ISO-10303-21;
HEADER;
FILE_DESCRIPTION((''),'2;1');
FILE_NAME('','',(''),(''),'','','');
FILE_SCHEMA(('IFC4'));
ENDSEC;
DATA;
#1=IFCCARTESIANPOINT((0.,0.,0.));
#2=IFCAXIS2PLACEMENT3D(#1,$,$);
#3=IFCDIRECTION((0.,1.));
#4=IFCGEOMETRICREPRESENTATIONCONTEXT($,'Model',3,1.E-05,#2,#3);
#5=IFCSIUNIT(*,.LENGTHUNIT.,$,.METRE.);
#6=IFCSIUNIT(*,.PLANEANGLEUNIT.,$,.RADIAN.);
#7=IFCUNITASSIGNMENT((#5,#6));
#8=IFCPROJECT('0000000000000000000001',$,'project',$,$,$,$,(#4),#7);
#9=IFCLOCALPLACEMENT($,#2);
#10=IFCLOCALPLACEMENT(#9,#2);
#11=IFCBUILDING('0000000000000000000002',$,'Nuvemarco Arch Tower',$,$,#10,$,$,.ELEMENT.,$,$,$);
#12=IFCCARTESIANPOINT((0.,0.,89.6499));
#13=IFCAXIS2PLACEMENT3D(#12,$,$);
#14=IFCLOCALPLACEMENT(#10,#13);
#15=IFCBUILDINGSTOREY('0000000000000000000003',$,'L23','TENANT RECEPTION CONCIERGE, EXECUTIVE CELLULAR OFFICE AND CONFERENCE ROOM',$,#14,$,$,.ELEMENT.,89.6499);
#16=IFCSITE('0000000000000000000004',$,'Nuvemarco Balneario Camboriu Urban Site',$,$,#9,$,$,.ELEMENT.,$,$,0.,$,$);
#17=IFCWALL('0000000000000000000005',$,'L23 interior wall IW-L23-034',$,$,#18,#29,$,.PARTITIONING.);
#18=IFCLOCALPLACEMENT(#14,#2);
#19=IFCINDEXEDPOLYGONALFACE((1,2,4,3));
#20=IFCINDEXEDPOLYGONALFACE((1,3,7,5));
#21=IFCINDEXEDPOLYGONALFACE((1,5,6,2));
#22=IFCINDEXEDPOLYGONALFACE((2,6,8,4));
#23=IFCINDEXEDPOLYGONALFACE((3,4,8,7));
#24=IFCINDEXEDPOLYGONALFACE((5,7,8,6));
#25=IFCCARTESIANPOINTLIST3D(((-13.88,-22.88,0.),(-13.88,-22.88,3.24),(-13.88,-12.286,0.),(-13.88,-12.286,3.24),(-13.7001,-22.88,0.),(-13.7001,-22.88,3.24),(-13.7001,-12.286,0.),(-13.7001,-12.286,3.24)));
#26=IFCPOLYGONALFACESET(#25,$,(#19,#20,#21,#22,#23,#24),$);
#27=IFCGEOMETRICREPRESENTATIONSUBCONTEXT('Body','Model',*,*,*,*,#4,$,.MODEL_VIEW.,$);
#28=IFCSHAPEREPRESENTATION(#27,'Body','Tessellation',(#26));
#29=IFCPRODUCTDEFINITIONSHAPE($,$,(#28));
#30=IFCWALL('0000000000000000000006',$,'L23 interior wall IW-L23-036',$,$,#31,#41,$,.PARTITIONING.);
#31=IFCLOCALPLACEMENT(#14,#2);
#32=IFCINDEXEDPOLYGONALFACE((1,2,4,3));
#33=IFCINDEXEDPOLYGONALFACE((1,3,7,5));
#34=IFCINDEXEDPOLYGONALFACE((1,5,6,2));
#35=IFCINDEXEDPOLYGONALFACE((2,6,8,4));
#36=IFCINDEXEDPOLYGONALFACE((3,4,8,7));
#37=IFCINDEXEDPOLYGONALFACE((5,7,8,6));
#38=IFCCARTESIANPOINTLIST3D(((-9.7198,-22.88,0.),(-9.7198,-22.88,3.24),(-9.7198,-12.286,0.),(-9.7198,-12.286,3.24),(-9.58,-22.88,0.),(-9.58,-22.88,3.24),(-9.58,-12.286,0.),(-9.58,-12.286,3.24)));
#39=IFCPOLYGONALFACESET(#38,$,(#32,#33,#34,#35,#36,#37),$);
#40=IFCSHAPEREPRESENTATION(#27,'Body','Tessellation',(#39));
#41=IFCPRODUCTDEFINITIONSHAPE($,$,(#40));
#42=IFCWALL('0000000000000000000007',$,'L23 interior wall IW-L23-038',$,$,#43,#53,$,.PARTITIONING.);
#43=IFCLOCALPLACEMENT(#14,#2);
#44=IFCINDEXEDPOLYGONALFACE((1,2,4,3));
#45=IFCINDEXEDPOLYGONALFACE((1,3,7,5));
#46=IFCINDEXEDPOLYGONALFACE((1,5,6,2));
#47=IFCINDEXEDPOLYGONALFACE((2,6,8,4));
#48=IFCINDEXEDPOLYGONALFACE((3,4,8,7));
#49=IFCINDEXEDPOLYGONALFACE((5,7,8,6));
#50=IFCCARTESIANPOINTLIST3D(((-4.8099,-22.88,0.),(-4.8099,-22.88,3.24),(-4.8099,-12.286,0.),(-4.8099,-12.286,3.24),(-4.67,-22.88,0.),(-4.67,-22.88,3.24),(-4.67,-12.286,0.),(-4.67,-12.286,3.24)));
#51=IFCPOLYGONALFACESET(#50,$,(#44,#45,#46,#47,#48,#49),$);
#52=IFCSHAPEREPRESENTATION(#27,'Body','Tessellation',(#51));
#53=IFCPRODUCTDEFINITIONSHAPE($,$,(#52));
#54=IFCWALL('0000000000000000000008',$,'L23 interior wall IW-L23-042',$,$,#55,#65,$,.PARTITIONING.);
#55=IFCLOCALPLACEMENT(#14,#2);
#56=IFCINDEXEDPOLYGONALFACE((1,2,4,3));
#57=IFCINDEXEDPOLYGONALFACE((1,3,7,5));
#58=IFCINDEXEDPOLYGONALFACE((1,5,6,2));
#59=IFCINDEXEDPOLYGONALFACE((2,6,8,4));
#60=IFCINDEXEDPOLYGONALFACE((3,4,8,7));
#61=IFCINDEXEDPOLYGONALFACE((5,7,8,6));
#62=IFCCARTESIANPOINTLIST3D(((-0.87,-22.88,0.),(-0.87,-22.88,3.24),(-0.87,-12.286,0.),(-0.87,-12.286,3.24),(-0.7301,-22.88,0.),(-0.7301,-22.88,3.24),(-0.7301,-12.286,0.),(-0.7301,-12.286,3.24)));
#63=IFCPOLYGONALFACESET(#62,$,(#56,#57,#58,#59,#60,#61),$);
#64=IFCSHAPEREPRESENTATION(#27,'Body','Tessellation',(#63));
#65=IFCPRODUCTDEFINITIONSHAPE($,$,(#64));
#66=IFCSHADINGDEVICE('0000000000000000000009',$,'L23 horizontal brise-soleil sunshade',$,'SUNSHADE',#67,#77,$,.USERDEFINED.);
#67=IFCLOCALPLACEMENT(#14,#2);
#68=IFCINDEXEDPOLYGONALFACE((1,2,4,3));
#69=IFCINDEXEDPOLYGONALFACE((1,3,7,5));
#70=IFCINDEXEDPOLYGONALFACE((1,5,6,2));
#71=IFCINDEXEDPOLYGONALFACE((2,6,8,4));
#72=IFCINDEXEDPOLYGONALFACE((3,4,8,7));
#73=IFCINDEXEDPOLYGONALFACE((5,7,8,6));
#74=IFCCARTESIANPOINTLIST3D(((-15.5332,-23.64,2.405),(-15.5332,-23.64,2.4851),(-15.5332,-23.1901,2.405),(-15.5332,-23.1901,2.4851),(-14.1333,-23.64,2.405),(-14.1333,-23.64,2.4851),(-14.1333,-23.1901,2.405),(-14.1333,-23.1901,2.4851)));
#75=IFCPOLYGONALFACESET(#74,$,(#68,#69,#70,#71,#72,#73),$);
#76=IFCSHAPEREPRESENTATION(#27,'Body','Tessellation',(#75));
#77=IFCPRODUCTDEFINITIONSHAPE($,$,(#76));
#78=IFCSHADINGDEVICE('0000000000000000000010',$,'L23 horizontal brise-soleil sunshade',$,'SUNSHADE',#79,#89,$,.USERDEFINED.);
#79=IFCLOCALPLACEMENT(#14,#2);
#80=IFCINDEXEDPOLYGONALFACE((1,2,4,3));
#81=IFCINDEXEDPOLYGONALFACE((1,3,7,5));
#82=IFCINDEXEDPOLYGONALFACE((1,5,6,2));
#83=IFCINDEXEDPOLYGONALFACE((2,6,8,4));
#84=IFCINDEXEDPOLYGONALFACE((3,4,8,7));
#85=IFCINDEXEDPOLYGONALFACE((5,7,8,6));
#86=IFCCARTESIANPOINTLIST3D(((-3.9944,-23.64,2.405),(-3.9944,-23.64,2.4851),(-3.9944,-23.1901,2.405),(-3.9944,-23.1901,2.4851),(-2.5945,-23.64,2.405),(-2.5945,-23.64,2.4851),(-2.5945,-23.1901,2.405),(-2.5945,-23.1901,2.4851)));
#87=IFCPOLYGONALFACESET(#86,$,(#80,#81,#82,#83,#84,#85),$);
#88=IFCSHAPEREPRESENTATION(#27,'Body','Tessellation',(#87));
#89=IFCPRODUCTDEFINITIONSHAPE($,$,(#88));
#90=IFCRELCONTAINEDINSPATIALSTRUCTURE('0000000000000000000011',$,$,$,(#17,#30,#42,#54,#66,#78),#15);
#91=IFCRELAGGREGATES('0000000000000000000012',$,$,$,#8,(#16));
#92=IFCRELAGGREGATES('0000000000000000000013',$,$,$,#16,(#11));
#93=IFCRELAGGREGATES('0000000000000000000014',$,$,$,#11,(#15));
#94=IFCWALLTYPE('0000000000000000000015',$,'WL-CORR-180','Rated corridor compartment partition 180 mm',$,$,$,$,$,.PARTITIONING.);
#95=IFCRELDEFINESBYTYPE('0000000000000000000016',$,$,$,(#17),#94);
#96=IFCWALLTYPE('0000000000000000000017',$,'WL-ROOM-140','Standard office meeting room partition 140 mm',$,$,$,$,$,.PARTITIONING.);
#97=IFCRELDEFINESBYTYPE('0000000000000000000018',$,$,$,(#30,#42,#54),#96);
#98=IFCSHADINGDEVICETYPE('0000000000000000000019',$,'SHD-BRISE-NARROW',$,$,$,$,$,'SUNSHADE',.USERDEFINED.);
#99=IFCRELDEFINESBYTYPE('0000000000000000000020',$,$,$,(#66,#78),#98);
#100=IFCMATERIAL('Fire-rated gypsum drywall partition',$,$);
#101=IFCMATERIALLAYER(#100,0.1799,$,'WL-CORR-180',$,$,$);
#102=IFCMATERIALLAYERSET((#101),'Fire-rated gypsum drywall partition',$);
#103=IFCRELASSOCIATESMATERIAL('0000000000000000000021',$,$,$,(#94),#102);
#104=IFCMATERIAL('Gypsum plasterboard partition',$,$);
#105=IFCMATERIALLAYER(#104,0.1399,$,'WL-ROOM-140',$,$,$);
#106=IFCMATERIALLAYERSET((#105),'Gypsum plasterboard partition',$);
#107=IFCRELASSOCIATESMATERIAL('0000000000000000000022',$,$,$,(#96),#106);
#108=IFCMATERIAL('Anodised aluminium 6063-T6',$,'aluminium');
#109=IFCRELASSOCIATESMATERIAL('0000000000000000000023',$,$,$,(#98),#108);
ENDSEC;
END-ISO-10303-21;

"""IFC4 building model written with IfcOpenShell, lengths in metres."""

from ifc_helpers import new_model, si_unit, direction, frame, frame_2d, origin, origin_2d, place, context, subcontext, project, spatial, rectangle, extrude, source, transform, mapped, material, layer, layer_set, type_object, type_shapes, element, save


model = new_model("IFC4")

# Units and contexts
model_context = context("Model", 3, precision=1e-05, world=origin(), true_north=direction((0.0, 1.0)))
body_context = subcontext(model_context, "Body", "Model", "MODEL_VIEW")
ifc_project = project(units=[si_unit("LENGTHUNIT", "METRE"), si_unit("PLANEANGLEUNIT", "RADIAN")], contexts=[model_context])

# Site, building, storey
site_placement = place(None, origin())
site = spatial("IfcSite", under=ifc_project, at=site_placement, Name="Nuvemarco Balneario Camboriu Urban Site", CompositionType="ELEMENT", RefElevation=0.0)
building_placement = place(site_placement, origin())
building = spatial("IfcBuilding", under=site, at=building_placement, Name="Nuvemarco Arch Tower", CompositionType="ELEMENT")
storey_placement = place(building_placement, frame((0.0, 0.0, 89.6499)))
storey = spatial("IfcBuildingStorey", under=building, at=storey_placement, Name="L23", Description="TENANT RECEPTION CONCIERGE, EXECUTIVE CELLULAR OFFICE AND CONFERENCE ROOM", CompositionType="ELEMENT", Elevation=89.6499)

# Shared definitions
ifc_material_1 = material(Name="Fire-rated gypsum drywall partition")
ifc_layer_1 = layer(ifc_material_1, 0.1799, Name="WL-CORR-180")
ifc_layer_set_1 = layer_set([ifc_layer_1], Name="Fire-rated gypsum drywall partition")
wall_type_1 = type_object("IfcWallType", Name="WL-CORR-180", Description="Rated corridor compartment partition 180 mm", PredefinedType="PARTITIONING", material=ifc_layer_set_1)

# Walls
wall_1_placement = place(storey_placement, frame((-13.79, -22.8799, 0.0), z_axis=(0.0, 0.0, 1.0), x_axis=(0.0, 1.0, 0.0)))
element("IfcWall", 1, at=wall_1_placement, inside=storey, type_object=wall_type_1, Name="L23 interior wall IW-L23-034", PredefinedType="PARTITIONING", context=body_context, shape_type="SweptSolid", body=[
    extrude(rectangle(XDim=10.594, YDim=0.1799, at=frame_2d((5.2969, 0.0))), origin(), (0.0, 0.0, 1.0), 3.24),
])
ifc_material_2 = material(Name="Gypsum plasterboard partition")
ifc_layer_2 = layer(ifc_material_2, 0.1399, Name="WL-ROOM-140")
ifc_layer_set_2 = layer_set([ifc_layer_2], Name="Gypsum plasterboard partition")
wall_type_2 = type_object("IfcWallType", Name="WL-ROOM-140", Description="Standard office meeting room partition 140 mm", PredefinedType="PARTITIONING", material=ifc_layer_set_2)
for number, where, z_axis, x_axis, name in (
    (2, (-9.6499, -22.8799, 0.0), (0.0, 0.0, 1.0), (0.0, 1.0, 0.0), "L23 interior wall IW-L23-036"),
    (3, (-4.74, -22.8799, 0.0), (0.0, 0.0, 1.0), (0.0, 1.0, 0.0), "L23 interior wall IW-L23-038"),
    (4, (-0.8, -22.8799, 0.0), (0.0, 0.0, 1.0), (0.0, 1.0, 0.0), "L23 interior wall IW-L23-042"),
):
    element("IfcWall", number, at=place(storey_placement, frame(where, z_axis=z_axis, x_axis=x_axis)), inside=storey, type_object=wall_type_2, Name=name, PredefinedType="PARTITIONING", context=body_context, shape_type="SweptSolid", body=[
        extrude(rectangle(XDim=10.594, YDim=0.1399, at=frame_2d((5.2969, 0.0))), origin(), (0.0, 0.0, 1.0), 3.24),
    ])

# Shading devices
ifc_material_3 = material(Name="Anodised aluminium 6063-T6", Category="aluminium")
shading_device_type = type_object("IfcShadingDeviceType", Name="SHD-BRISE-NARROW", ElementType="SUNSHADE", PredefinedType="USERDEFINED", material=ifc_material_3)
shared_shape_1 = source(origin(), body_context, "Body", "SweptSolid", [
    extrude(rectangle(XDim=1.3999, YDim=0.45, at=origin_2d()), origin(), (0.0, 0.0, 1.0), 0.0801),
])
type_shapes(shading_device_type, [shared_shape_1])
for number, where, z_axis, x_axis, name in (
    (5, (-14.8333, -23.415, 2.405), (0.0, 0.0, 1.0), (1.0, 0.0, 0.0), "L23 horizontal brise-soleil sunshade"),
    (6, (-3.2944, -23.415, 2.405), (0.0, 0.0, 1.0), (1.0, 0.0, 0.0), "L23 horizontal brise-soleil sunshade"),
):
    element("IfcShadingDevice", number, at=place(storey_placement, frame(where, z_axis=z_axis, x_axis=x_axis)), inside=storey, type_object=shading_device_type, Name=name, ObjectType="SUNSHADE", PredefinedType="USERDEFINED", context=body_context, shape_type="MappedRepresentation", body=[
        mapped(shared_shape_1, transform((0.0, 0.0, 0.0), scale=1.0)),
    ])

save(model, "model.ifc")
